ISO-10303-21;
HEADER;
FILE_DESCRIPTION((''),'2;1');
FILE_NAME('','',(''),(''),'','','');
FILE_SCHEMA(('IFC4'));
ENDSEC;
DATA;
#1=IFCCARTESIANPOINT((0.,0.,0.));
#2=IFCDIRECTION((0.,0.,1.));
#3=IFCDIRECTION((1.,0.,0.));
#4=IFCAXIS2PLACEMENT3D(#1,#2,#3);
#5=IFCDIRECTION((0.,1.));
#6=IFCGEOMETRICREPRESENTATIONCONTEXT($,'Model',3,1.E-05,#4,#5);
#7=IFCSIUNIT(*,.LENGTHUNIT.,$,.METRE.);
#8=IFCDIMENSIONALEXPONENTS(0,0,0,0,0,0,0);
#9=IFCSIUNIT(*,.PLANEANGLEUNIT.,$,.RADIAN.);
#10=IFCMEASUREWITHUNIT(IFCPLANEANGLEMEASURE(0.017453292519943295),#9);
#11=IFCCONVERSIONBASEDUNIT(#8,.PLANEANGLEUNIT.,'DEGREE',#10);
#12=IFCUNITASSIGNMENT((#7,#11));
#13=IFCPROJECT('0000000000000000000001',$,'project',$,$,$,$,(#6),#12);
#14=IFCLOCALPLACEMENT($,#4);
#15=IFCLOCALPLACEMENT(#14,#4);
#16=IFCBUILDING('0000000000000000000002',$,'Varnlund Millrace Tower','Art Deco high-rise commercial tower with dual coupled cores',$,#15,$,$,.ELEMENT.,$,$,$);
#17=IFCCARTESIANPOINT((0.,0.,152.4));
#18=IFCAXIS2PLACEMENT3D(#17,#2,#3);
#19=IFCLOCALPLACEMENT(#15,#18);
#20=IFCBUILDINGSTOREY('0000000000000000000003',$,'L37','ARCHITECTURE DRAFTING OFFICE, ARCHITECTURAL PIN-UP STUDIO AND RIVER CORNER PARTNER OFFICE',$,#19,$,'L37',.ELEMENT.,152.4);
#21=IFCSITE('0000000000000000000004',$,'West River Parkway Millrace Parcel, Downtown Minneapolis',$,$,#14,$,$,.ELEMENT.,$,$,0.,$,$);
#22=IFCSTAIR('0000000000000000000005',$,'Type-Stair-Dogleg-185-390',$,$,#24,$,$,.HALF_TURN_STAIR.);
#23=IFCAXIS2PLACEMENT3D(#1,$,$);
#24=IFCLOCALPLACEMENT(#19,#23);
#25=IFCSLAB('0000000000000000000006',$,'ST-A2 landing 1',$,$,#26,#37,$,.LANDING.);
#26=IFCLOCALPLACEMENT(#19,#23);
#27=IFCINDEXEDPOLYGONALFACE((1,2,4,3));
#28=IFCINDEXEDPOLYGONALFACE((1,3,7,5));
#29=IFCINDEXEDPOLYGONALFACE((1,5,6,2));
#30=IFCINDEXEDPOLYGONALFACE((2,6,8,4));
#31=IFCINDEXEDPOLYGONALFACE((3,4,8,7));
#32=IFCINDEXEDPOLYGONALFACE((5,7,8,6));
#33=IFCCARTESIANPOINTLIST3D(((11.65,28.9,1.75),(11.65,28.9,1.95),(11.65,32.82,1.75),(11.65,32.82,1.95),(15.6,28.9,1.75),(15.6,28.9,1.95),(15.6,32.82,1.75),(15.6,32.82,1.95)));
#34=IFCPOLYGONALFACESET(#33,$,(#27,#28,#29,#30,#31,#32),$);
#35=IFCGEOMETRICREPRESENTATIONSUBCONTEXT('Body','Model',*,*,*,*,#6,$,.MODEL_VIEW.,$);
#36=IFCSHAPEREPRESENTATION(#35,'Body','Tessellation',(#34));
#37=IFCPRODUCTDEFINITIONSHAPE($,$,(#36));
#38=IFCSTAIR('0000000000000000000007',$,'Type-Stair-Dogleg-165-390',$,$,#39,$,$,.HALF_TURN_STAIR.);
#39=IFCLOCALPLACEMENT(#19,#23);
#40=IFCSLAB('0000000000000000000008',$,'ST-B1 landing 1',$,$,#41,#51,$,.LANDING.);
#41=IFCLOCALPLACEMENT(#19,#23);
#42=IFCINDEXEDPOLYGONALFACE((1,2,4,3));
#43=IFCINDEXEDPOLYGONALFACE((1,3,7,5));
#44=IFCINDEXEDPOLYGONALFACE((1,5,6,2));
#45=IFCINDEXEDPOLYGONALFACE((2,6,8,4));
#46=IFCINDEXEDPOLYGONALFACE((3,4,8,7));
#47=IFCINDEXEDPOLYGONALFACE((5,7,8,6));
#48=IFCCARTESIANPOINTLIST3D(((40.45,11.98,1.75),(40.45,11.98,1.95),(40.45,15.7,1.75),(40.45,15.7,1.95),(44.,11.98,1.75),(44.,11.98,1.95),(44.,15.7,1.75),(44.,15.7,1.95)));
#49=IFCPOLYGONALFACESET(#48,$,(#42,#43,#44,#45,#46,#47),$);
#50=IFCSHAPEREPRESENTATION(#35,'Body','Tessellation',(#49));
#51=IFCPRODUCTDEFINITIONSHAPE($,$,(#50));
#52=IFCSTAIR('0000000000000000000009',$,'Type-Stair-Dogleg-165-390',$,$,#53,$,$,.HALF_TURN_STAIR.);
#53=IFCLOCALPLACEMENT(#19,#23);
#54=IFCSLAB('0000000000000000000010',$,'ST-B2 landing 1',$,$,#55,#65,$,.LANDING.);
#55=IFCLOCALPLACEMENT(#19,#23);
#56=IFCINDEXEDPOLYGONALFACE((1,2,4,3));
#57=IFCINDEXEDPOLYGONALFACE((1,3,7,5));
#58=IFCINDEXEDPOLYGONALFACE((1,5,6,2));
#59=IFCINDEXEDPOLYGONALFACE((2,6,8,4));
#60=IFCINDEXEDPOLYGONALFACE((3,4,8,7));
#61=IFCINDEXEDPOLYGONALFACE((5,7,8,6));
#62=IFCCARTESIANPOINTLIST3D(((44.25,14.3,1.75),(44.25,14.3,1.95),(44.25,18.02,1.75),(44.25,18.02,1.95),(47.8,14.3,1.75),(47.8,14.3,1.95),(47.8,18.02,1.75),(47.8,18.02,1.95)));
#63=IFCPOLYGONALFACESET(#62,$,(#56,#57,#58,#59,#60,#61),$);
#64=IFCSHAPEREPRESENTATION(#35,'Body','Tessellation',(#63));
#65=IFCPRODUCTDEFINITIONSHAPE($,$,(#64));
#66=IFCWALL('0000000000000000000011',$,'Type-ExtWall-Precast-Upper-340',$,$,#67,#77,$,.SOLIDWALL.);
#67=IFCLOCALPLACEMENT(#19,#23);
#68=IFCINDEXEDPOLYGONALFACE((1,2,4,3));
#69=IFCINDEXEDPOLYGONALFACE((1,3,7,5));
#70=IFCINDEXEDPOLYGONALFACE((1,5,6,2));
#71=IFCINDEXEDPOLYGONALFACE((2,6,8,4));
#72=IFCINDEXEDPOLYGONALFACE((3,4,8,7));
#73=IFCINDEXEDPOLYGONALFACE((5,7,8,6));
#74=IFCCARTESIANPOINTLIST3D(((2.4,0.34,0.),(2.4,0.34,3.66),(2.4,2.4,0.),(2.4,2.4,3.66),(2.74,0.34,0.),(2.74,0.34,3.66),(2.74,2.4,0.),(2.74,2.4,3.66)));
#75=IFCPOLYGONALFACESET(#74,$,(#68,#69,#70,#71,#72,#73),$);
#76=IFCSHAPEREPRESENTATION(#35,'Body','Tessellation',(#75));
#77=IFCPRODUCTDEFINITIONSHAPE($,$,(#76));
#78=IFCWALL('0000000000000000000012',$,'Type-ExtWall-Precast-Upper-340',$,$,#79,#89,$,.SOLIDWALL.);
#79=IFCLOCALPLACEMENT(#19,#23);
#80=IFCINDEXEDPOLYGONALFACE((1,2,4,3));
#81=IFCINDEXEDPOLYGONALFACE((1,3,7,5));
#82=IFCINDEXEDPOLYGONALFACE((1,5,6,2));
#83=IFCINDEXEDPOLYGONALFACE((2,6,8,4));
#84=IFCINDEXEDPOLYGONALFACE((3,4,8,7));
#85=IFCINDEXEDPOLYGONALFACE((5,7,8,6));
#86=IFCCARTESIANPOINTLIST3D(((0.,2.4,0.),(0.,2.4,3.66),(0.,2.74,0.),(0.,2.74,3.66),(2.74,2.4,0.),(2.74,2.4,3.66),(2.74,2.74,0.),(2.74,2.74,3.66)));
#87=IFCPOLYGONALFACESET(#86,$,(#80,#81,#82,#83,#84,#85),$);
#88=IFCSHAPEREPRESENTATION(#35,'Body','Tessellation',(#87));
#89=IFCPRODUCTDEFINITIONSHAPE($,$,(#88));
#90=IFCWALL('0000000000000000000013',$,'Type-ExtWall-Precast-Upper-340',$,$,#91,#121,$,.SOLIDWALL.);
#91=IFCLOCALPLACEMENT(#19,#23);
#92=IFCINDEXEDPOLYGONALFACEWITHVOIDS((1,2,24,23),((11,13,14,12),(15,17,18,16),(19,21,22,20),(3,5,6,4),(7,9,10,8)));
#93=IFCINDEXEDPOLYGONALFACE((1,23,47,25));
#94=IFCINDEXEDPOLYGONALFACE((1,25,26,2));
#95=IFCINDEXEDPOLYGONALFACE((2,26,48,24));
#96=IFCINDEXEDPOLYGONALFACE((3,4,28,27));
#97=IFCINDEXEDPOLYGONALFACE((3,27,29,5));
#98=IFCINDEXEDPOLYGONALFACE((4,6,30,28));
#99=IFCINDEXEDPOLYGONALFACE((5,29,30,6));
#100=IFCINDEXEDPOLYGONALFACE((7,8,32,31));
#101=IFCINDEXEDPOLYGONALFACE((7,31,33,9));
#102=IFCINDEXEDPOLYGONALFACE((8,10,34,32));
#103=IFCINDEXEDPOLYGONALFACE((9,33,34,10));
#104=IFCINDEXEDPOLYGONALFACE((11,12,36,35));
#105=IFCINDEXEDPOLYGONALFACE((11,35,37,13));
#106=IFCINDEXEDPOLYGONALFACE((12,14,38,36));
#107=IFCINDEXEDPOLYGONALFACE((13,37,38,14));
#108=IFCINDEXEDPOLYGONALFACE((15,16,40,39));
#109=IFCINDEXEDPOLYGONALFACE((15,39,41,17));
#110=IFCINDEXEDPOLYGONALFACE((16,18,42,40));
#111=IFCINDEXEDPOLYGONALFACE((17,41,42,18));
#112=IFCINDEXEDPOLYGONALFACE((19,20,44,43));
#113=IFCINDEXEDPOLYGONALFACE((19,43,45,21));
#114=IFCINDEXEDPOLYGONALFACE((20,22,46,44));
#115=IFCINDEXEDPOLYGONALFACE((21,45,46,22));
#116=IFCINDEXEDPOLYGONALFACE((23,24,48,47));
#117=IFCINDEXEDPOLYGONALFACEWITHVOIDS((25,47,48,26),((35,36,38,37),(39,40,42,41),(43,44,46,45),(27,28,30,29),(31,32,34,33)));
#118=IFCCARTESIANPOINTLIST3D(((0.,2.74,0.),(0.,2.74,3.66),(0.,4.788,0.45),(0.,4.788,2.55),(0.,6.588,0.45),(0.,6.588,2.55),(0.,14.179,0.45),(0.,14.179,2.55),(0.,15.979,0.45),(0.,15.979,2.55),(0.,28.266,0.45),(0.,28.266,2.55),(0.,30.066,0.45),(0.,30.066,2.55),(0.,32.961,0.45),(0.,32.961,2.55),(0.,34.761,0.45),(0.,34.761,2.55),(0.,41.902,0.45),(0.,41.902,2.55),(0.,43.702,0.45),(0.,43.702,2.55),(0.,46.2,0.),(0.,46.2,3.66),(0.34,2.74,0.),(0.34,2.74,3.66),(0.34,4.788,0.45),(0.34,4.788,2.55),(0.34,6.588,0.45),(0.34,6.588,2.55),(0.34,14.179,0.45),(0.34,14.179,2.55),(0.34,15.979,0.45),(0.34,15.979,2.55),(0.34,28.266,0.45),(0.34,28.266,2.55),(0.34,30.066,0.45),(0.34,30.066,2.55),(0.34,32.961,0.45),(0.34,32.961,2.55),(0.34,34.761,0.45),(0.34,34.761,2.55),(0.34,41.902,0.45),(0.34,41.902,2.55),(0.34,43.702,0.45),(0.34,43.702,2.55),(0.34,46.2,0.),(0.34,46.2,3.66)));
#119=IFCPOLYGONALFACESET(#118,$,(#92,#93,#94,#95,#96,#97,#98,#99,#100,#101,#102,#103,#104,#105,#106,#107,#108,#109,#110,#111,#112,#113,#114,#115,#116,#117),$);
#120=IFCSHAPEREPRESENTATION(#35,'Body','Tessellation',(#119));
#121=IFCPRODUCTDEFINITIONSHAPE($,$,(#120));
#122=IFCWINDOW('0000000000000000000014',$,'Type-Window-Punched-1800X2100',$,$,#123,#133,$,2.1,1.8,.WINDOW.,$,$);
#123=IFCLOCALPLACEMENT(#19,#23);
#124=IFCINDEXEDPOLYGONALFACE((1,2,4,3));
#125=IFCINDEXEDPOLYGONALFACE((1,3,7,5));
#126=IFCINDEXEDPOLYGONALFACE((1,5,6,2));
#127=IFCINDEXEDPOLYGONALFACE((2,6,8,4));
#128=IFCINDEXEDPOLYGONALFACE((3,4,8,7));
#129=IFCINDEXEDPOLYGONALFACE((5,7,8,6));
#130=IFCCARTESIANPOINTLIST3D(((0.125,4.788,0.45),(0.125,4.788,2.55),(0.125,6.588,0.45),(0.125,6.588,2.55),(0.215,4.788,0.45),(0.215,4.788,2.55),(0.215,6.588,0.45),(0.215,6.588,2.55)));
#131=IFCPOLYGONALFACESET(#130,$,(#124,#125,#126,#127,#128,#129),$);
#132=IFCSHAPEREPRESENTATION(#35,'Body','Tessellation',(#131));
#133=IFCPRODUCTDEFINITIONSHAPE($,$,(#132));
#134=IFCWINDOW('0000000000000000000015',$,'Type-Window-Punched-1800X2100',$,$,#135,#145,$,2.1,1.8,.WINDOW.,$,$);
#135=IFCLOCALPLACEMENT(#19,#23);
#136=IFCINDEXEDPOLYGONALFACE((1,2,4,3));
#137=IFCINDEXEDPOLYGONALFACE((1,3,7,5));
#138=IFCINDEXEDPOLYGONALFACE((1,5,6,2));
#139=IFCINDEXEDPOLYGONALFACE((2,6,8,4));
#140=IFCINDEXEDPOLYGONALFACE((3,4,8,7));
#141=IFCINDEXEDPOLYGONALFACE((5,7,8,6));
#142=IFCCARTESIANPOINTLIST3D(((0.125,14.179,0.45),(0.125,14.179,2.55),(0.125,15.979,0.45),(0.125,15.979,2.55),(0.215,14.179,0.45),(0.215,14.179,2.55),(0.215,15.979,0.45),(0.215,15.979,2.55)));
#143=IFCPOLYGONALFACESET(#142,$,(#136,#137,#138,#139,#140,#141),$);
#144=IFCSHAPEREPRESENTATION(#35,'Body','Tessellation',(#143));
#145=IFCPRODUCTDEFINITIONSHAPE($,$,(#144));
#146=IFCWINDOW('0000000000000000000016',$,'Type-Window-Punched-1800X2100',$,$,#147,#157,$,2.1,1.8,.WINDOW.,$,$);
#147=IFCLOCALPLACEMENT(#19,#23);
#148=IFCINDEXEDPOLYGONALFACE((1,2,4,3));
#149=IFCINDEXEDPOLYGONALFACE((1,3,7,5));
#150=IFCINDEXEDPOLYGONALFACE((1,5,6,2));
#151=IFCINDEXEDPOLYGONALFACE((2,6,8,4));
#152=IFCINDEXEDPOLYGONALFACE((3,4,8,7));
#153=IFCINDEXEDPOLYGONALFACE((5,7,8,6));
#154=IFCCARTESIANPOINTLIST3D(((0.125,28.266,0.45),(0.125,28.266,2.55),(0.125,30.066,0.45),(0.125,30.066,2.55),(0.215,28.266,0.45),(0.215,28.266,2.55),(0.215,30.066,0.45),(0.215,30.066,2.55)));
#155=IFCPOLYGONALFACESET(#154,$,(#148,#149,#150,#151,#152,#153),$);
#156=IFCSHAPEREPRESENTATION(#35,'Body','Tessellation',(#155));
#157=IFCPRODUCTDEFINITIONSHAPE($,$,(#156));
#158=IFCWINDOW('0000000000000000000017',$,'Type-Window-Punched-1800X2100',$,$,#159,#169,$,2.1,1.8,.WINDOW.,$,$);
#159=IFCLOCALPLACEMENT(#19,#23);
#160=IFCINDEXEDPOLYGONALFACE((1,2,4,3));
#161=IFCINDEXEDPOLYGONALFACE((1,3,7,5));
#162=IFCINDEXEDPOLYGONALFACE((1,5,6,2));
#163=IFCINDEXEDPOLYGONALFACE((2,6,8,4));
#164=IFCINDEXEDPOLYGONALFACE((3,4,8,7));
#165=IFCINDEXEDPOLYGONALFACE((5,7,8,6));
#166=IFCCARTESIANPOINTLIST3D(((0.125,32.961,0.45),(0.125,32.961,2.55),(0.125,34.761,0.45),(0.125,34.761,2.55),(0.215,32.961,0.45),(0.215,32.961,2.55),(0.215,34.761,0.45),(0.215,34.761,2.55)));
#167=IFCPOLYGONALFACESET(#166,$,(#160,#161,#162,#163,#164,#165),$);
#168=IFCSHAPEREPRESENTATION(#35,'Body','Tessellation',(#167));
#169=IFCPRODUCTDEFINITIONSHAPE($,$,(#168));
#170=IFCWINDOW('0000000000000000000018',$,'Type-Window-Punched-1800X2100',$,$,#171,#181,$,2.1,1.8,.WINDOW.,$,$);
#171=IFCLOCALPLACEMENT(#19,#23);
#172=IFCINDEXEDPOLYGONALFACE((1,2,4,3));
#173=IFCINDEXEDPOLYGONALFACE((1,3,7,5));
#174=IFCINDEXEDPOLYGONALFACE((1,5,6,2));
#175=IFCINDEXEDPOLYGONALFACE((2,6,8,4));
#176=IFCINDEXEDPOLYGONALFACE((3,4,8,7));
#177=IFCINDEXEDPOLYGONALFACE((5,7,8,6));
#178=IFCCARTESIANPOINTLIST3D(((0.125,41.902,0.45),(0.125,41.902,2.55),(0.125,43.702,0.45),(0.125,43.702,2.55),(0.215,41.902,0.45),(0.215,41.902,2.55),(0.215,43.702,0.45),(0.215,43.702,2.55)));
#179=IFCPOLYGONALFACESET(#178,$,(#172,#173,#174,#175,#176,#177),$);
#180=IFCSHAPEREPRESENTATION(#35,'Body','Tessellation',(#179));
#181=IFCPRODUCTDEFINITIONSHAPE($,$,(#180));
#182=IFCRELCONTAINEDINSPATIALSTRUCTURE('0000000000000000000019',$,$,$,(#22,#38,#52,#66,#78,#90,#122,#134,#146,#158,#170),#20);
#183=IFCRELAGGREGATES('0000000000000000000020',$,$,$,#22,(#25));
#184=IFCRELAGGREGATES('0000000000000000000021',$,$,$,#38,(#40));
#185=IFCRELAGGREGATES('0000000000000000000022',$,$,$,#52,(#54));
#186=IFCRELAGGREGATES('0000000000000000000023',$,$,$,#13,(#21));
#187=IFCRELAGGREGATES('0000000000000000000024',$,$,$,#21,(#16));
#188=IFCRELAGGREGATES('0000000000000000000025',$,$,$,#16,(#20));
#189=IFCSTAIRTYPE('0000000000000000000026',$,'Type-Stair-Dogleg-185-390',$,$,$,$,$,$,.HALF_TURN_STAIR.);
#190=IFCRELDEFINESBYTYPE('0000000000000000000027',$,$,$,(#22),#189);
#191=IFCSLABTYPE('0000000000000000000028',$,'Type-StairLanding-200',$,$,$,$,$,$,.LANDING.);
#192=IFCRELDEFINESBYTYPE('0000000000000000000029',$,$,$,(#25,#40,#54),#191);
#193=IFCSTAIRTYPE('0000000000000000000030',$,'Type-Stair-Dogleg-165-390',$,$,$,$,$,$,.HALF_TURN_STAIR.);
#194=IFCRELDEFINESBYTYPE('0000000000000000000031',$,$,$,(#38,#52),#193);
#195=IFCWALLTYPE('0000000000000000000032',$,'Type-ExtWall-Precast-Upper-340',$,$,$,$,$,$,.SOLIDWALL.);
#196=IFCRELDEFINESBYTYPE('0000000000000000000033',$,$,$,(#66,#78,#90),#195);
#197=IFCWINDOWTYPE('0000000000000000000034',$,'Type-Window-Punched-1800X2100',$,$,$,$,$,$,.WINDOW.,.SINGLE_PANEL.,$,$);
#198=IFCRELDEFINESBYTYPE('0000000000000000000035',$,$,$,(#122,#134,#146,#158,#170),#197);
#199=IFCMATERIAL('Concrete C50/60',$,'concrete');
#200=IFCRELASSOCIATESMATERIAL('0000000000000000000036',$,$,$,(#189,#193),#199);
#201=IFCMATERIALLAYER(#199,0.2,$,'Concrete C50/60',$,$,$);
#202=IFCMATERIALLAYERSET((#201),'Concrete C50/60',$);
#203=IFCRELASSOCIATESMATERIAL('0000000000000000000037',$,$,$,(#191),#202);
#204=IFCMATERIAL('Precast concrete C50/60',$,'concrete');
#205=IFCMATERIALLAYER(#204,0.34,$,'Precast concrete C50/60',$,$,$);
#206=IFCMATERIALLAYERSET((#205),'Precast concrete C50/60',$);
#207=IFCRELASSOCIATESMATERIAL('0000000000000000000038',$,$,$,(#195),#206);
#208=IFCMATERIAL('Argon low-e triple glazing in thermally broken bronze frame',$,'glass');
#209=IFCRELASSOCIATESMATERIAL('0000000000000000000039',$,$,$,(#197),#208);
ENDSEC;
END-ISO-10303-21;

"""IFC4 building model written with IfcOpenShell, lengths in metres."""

from ifc_helpers import new_model, entity, si_unit, converted_unit, direction, frame, origin_with_axes, origin_2d_with_axis, place, context, subcontext, project, spatial, polyline, rectangle, outline, extrude, material, layer, layer_set, type_object, element, fill, aggregate, save


model = new_model("IFC4")

# Units and contexts
model_context = context("Model", 3, precision=1e-05, world=origin_with_axes(), true_north=direction((0.0, 1.0)))
body_context = subcontext(model_context, "Body", "Model", "MODEL_VIEW")
ifc_project = project(units=[si_unit("LENGTHUNIT", "METRE"), converted_unit("PLANEANGLEUNIT", "DEGREE", entity("IfcPlaneAngleMeasure", 0.017453292519943295), si_unit("PLANEANGLEUNIT", "RADIAN"), dimensions=[0, 0, 0, 0, 0, 0, 0])], contexts=[model_context])

# Site, building, storey
site_placement = place(None, origin_with_axes())
site = spatial("IfcSite", under=ifc_project, at=site_placement, Name="West River Parkway Millrace Parcel, Downtown Minneapolis", CompositionType="ELEMENT", RefElevation=0.0)
building_placement = place(site_placement, origin_with_axes())
building = spatial("IfcBuilding", under=site, at=building_placement, Name="Varnlund Millrace Tower", Description="Art Deco high-rise commercial tower with dual coupled cores", CompositionType="ELEMENT")
storey_placement = place(building_placement, frame((0.0, 0.0, 152.4), z_axis=(0.0, 0.0, 1.0), x_axis=(1.0, 0.0, 0.0)))
storey = spatial("IfcBuildingStorey", under=building, at=storey_placement, Name="L37", Description="ARCHITECTURE DRAFTING OFFICE, ARCHITECTURAL PIN-UP STUDIO AND RIVER CORNER PARTNER OFFICE", LongName="L37", CompositionType="ELEMENT", Elevation=152.4)

# Stairs, slabs
ifc_material_1 = material(Name="Concrete C50/60", Category="concrete")
stair_type_1 = type_object("IfcStairType", Name="Type-Stair-Dogleg-185-390", PredefinedType="HALF_TURN_STAIR", material=ifc_material_1)
ifc_layer_1 = layer(ifc_material_1, 0.2, Name="Concrete C50/60")
ifc_layer_set_1 = layer_set([ifc_layer_1], Name="Concrete C50/60")
slab_type = type_object("IfcSlabType", Name="Type-StairLanding-200", PredefinedType="LANDING", material=ifc_layer_set_1)
stair_1_placement = place(storey_placement, origin_with_axes())
stair_1 = element("IfcStair", 1, at=stair_1_placement, inside=storey, type_object=stair_type_1, Name="Type-Stair-Dogleg-185-390", PredefinedType="HALF_TURN_STAIR")
slab_1_placement = place(storey_placement, frame((0.0, 0.0, 1.75), z_axis=(0.0, 0.0, 1.0), x_axis=(1.0, 0.0, 0.0)))
slab_1 = element("IfcSlab", 2, at=slab_1_placement, type_object=slab_type, Name="ST-A2 landing 1", PredefinedType="LANDING", context=body_context, shape_type="SweptSolid", body=[
    extrude(outline(polyline([(11.65, 32.82), (11.65, 28.9), (15.6, 28.9), (15.6, 32.82), (11.65, 32.82)])), origin_with_axes(), (0.0, 0.0, 1.0), 0.2),
])
aggregate(stair_1, [slab_1])
stair_type_2 = type_object("IfcStairType", Name="Type-Stair-Dogleg-165-390", PredefinedType="HALF_TURN_STAIR", material=ifc_material_1)
stair_2_placement = place(storey_placement, origin_with_axes())
stair_2 = element("IfcStair", 3, at=stair_2_placement, inside=storey, type_object=stair_type_2, Name="Type-Stair-Dogleg-165-390", PredefinedType="HALF_TURN_STAIR")
slab_2_placement = place(storey_placement, frame((0.0, 0.0, 1.75), z_axis=(0.0, 0.0, 1.0), x_axis=(1.0, 0.0, 0.0)))
slab_2 = element("IfcSlab", 4, at=slab_2_placement, type_object=slab_type, Name="ST-B1 landing 1", PredefinedType="LANDING", context=body_context, shape_type="SweptSolid", body=[
    extrude(outline(polyline([(44.0, 11.98), (44.0, 15.7), (40.45, 15.7), (40.45, 11.98), (44.0, 11.98)])), origin_with_axes(), (0.0, 0.0, 1.0), 0.2),
])
aggregate(stair_2, [slab_2])
stair_3_placement = place(storey_placement, origin_with_axes())
stair_3 = element("IfcStair", 5, at=stair_3_placement, inside=storey, type_object=stair_type_2, Name="Type-Stair-Dogleg-165-390", PredefinedType="HALF_TURN_STAIR")
slab_3_placement = place(storey_placement, frame((0.0, 0.0, 1.75), z_axis=(0.0, 0.0, 1.0), x_axis=(1.0, 0.0, 0.0)))
slab_3 = element("IfcSlab", 6, at=slab_3_placement, type_object=slab_type, Name="ST-B2 landing 1", PredefinedType="LANDING", context=body_context, shape_type="SweptSolid", body=[
    extrude(outline(polyline([(44.25, 18.02), (44.25, 14.3), (47.8, 14.3), (47.8, 18.02), (44.25, 18.02)])), origin_with_axes(), (0.0, 0.0, 1.0), 0.2),
])
aggregate(stair_3, [slab_3])

# Walls
ifc_material_2 = material(Name="Precast concrete C50/60", Category="concrete")
ifc_layer_2 = layer(ifc_material_2, 0.34, Name="Precast concrete C50/60")
ifc_layer_set_2 = layer_set([ifc_layer_2], Name="Precast concrete C50/60")
wall_type = type_object("IfcWallType", Name="Type-ExtWall-Precast-Upper-340", PredefinedType="SOLIDWALL", material=ifc_layer_set_2)
wall_1_placement = place(storey_placement, frame((2.57, 0.34, 0.0), z_axis=(0.0, 0.0, 1.0), x_axis=(0.0, 1.0, 0.0)))
element("IfcWall", 7, at=wall_1_placement, inside=storey, type_object=wall_type, Name="Type-ExtWall-Precast-Upper-340", PredefinedType="SOLIDWALL", context=body_context, shape_type="SweptSolid", body=[
    extrude(outline(polyline([(0.0, -0.17), (2.06, -0.17), (2.06, 0.17), (0.0, 0.17), (0.0, -0.17)])), origin_with_axes(), (0.0, 0.0, 1.0), 3.66),
])
wall_2_placement = place(storey_placement, frame((2.74, 2.57, 0.0), z_axis=(0.0, 0.0, 1.0), x_axis=(-1.0, 0.0, 0.0)))
element("IfcWall", 8, at=wall_2_placement, inside=storey, type_object=wall_type, Name="Type-ExtWall-Precast-Upper-340", PredefinedType="SOLIDWALL", context=body_context, shape_type="SweptSolid", body=[
    extrude(outline(polyline([(0.0, -0.17), (2.74, -0.17), (2.74, 0.17), (0.0, 0.17), (0.0, -0.17)])), origin_with_axes(), (0.0, 0.0, 1.0), 3.66),
])

# Wall, openings, windows
wall_3_placement = place(storey_placement, frame((0.17, 2.74, 0.0), z_axis=(0.0, 0.0, 1.0), x_axis=(0.0, 1.0, 0.0)))
wall_3 = element("IfcWall", 9, at=wall_3_placement, inside=storey, type_object=wall_type, Name="Type-ExtWall-Precast-Upper-340", PredefinedType="SOLIDWALL", context=body_context, shape_type="SweptSolid", body=[
    extrude(outline(polyline([(0.0, -0.17), (43.46, -0.17), (43.46, 0.17), (0.0, 0.17), (0.0, -0.17)])), origin_with_axes(), (0.0, 0.0, 1.0), 3.66),
])
opening_1_placement = place(wall_3_placement, frame((2.948, 0.0, 0.45), z_axis=(0.0, 0.0, 1.0), x_axis=(1.0, 0.0, 0.0)))
opening_1 = element("IfcOpeningElement", 10, at=opening_1_placement, cuts=wall_3, PredefinedType="OPENING", context=body_context, shape_type="SweptSolid", body=[
    extrude(rectangle(XDim=1.8, YDim=0.36, at=origin_2d_with_axis()), origin_with_axes(), (0.0, 0.0, 1.0), 2.1),
])
opening_2_placement = place(wall_3_placement, frame((12.339, 0.0, 0.45), z_axis=(0.0, 0.0, 1.0), x_axis=(1.0, 0.0, 0.0)))
opening_2 = element("IfcOpeningElement", 11, at=opening_2_placement, cuts=wall_3, PredefinedType="OPENING", context=body_context, shape_type="SweptSolid", body=[
    extrude(rectangle(XDim=1.8, YDim=0.36, at=origin_2d_with_axis()), origin_with_axes(), (0.0, 0.0, 1.0), 2.1),
])
opening_3_placement = place(wall_3_placement, frame((26.426, 0.0, 0.45), z_axis=(0.0, 0.0, 1.0), x_axis=(1.0, 0.0, 0.0)))
opening_3 = element("IfcOpeningElement", 12, at=opening_3_placement, cuts=wall_3, PredefinedType="OPENING", context=body_context, shape_type="SweptSolid", body=[
    extrude(rectangle(XDim=1.8, YDim=0.36, at=origin_2d_with_axis()), origin_with_axes(), (0.0, 0.0, 1.0), 2.1),
])
opening_4_placement = place(wall_3_placement, frame((31.121, 0.0, 0.45), z_axis=(0.0, 0.0, 1.0), x_axis=(1.0, 0.0, 0.0)))
opening_4 = element("IfcOpeningElement", 13, at=opening_4_placement, cuts=wall_3, PredefinedType="OPENING", context=body_context, shape_type="SweptSolid", body=[
    extrude(rectangle(XDim=1.8, YDim=0.36, at=origin_2d_with_axis()), origin_with_axes(), (0.0, 0.0, 1.0), 2.1),
])
opening_5_placement = place(wall_3_placement, frame((40.062, 0.0, 0.45), z_axis=(0.0, 0.0, 1.0), x_axis=(1.0, 0.0, 0.0)))
opening_5 = element("IfcOpeningElement", 14, at=opening_5_placement, cuts=wall_3, PredefinedType="OPENING", context=body_context, shape_type="SweptSolid", body=[
    extrude(rectangle(XDim=1.8, YDim=0.36, at=origin_2d_with_axis()), origin_with_axes(), (0.0, 0.0, 1.0), 2.1),
])
ifc_material_3 = material(Name="Argon low-e triple glazing in thermally broken bronze frame", Category="glass")
window_type = type_object("IfcWindowType", Name="Type-Window-Punched-1800X2100", PartitioningType="SINGLE_PANEL", PredefinedType="WINDOW", material=ifc_material_3)
window_1_placement = place(wall_3_placement, frame((2.948, 0.0, 0.45), z_axis=(0.0, 0.0, 1.0), x_axis=(1.0, 0.0, 0.0)))
window_1 = element("IfcWindow", 15, at=window_1_placement, inside=storey, type_object=window_type, Name="Type-Window-Punched-1800X2100", OverallHeight=2.1, OverallWidth=1.8, PredefinedType="WINDOW", context=body_context, shape_type="SweptSolid", body=[
    extrude(rectangle(XDim=1.8, YDim=0.09, at=origin_2d_with_axis()), origin_with_axes(), (0.0, 0.0, 1.0), 2.1),
])
fill(opening_1, window_1)
window_2_placement = place(wall_3_placement, frame((12.339, 0.0, 0.45), z_axis=(0.0, 0.0, 1.0), x_axis=(1.0, 0.0, 0.0)))
window_2 = element("IfcWindow", 16, at=window_2_placement, inside=storey, type_object=window_type, Name="Type-Window-Punched-1800X2100", OverallHeight=2.1, OverallWidth=1.8, PredefinedType="WINDOW", context=body_context, shape_type="SweptSolid", body=[
    extrude(rectangle(XDim=1.8, YDim=0.09, at=origin_2d_with_axis()), origin_with_axes(), (0.0, 0.0, 1.0), 2.1),
])
fill(opening_2, window_2)
window_3_placement = place(wall_3_placement, frame((26.426, 0.0, 0.45), z_axis=(0.0, 0.0, 1.0), x_axis=(1.0, 0.0, 0.0)))
window_3 = element("IfcWindow", 17, at=window_3_placement, inside=storey, type_object=window_type, Name="Type-Window-Punched-1800X2100", OverallHeight=2.1, OverallWidth=1.8, PredefinedType="WINDOW", context=body_context, shape_type="SweptSolid", body=[
    extrude(rectangle(XDim=1.8, YDim=0.09, at=origin_2d_with_axis()), origin_with_axes(), (0.0, 0.0, 1.0), 2.1),
])
fill(opening_3, window_3)
window_4_placement = place(wall_3_placement, frame((31.121, 0.0, 0.45), z_axis=(0.0, 0.0, 1.0), x_axis=(1.0, 0.0, 0.0)))
window_4 = element("IfcWindow", 18, at=window_4_placement, inside=storey, type_object=window_type, Name="Type-Window-Punched-1800X2100", OverallHeight=2.1, OverallWidth=1.8, PredefinedType="WINDOW", context=body_context, shape_type="SweptSolid", body=[
    extrude(rectangle(XDim=1.8, YDim=0.09, at=origin_2d_with_axis()), origin_with_axes(), (0.0, 0.0, 1.0), 2.1),
])
fill(opening_4, window_4)
window_5_placement = place(wall_3_placement, frame((40.062, 0.0, 0.45), z_axis=(0.0, 0.0, 1.0), x_axis=(1.0, 0.0, 0.0)))
window_5 = element("IfcWindow", 19, at=window_5_placement, inside=storey, type_object=window_type, Name="Type-Window-Punched-1800X2100", OverallHeight=2.1, OverallWidth=1.8, PredefinedType="WINDOW", context=body_context, shape_type="SweptSolid", body=[
    extrude(rectangle(XDim=1.8, YDim=0.09, at=origin_2d_with_axis()), origin_with_axes(), (0.0, 0.0, 1.0), 2.1),
])
fill(opening_5, window_5)

save(model, "model.ifc")
